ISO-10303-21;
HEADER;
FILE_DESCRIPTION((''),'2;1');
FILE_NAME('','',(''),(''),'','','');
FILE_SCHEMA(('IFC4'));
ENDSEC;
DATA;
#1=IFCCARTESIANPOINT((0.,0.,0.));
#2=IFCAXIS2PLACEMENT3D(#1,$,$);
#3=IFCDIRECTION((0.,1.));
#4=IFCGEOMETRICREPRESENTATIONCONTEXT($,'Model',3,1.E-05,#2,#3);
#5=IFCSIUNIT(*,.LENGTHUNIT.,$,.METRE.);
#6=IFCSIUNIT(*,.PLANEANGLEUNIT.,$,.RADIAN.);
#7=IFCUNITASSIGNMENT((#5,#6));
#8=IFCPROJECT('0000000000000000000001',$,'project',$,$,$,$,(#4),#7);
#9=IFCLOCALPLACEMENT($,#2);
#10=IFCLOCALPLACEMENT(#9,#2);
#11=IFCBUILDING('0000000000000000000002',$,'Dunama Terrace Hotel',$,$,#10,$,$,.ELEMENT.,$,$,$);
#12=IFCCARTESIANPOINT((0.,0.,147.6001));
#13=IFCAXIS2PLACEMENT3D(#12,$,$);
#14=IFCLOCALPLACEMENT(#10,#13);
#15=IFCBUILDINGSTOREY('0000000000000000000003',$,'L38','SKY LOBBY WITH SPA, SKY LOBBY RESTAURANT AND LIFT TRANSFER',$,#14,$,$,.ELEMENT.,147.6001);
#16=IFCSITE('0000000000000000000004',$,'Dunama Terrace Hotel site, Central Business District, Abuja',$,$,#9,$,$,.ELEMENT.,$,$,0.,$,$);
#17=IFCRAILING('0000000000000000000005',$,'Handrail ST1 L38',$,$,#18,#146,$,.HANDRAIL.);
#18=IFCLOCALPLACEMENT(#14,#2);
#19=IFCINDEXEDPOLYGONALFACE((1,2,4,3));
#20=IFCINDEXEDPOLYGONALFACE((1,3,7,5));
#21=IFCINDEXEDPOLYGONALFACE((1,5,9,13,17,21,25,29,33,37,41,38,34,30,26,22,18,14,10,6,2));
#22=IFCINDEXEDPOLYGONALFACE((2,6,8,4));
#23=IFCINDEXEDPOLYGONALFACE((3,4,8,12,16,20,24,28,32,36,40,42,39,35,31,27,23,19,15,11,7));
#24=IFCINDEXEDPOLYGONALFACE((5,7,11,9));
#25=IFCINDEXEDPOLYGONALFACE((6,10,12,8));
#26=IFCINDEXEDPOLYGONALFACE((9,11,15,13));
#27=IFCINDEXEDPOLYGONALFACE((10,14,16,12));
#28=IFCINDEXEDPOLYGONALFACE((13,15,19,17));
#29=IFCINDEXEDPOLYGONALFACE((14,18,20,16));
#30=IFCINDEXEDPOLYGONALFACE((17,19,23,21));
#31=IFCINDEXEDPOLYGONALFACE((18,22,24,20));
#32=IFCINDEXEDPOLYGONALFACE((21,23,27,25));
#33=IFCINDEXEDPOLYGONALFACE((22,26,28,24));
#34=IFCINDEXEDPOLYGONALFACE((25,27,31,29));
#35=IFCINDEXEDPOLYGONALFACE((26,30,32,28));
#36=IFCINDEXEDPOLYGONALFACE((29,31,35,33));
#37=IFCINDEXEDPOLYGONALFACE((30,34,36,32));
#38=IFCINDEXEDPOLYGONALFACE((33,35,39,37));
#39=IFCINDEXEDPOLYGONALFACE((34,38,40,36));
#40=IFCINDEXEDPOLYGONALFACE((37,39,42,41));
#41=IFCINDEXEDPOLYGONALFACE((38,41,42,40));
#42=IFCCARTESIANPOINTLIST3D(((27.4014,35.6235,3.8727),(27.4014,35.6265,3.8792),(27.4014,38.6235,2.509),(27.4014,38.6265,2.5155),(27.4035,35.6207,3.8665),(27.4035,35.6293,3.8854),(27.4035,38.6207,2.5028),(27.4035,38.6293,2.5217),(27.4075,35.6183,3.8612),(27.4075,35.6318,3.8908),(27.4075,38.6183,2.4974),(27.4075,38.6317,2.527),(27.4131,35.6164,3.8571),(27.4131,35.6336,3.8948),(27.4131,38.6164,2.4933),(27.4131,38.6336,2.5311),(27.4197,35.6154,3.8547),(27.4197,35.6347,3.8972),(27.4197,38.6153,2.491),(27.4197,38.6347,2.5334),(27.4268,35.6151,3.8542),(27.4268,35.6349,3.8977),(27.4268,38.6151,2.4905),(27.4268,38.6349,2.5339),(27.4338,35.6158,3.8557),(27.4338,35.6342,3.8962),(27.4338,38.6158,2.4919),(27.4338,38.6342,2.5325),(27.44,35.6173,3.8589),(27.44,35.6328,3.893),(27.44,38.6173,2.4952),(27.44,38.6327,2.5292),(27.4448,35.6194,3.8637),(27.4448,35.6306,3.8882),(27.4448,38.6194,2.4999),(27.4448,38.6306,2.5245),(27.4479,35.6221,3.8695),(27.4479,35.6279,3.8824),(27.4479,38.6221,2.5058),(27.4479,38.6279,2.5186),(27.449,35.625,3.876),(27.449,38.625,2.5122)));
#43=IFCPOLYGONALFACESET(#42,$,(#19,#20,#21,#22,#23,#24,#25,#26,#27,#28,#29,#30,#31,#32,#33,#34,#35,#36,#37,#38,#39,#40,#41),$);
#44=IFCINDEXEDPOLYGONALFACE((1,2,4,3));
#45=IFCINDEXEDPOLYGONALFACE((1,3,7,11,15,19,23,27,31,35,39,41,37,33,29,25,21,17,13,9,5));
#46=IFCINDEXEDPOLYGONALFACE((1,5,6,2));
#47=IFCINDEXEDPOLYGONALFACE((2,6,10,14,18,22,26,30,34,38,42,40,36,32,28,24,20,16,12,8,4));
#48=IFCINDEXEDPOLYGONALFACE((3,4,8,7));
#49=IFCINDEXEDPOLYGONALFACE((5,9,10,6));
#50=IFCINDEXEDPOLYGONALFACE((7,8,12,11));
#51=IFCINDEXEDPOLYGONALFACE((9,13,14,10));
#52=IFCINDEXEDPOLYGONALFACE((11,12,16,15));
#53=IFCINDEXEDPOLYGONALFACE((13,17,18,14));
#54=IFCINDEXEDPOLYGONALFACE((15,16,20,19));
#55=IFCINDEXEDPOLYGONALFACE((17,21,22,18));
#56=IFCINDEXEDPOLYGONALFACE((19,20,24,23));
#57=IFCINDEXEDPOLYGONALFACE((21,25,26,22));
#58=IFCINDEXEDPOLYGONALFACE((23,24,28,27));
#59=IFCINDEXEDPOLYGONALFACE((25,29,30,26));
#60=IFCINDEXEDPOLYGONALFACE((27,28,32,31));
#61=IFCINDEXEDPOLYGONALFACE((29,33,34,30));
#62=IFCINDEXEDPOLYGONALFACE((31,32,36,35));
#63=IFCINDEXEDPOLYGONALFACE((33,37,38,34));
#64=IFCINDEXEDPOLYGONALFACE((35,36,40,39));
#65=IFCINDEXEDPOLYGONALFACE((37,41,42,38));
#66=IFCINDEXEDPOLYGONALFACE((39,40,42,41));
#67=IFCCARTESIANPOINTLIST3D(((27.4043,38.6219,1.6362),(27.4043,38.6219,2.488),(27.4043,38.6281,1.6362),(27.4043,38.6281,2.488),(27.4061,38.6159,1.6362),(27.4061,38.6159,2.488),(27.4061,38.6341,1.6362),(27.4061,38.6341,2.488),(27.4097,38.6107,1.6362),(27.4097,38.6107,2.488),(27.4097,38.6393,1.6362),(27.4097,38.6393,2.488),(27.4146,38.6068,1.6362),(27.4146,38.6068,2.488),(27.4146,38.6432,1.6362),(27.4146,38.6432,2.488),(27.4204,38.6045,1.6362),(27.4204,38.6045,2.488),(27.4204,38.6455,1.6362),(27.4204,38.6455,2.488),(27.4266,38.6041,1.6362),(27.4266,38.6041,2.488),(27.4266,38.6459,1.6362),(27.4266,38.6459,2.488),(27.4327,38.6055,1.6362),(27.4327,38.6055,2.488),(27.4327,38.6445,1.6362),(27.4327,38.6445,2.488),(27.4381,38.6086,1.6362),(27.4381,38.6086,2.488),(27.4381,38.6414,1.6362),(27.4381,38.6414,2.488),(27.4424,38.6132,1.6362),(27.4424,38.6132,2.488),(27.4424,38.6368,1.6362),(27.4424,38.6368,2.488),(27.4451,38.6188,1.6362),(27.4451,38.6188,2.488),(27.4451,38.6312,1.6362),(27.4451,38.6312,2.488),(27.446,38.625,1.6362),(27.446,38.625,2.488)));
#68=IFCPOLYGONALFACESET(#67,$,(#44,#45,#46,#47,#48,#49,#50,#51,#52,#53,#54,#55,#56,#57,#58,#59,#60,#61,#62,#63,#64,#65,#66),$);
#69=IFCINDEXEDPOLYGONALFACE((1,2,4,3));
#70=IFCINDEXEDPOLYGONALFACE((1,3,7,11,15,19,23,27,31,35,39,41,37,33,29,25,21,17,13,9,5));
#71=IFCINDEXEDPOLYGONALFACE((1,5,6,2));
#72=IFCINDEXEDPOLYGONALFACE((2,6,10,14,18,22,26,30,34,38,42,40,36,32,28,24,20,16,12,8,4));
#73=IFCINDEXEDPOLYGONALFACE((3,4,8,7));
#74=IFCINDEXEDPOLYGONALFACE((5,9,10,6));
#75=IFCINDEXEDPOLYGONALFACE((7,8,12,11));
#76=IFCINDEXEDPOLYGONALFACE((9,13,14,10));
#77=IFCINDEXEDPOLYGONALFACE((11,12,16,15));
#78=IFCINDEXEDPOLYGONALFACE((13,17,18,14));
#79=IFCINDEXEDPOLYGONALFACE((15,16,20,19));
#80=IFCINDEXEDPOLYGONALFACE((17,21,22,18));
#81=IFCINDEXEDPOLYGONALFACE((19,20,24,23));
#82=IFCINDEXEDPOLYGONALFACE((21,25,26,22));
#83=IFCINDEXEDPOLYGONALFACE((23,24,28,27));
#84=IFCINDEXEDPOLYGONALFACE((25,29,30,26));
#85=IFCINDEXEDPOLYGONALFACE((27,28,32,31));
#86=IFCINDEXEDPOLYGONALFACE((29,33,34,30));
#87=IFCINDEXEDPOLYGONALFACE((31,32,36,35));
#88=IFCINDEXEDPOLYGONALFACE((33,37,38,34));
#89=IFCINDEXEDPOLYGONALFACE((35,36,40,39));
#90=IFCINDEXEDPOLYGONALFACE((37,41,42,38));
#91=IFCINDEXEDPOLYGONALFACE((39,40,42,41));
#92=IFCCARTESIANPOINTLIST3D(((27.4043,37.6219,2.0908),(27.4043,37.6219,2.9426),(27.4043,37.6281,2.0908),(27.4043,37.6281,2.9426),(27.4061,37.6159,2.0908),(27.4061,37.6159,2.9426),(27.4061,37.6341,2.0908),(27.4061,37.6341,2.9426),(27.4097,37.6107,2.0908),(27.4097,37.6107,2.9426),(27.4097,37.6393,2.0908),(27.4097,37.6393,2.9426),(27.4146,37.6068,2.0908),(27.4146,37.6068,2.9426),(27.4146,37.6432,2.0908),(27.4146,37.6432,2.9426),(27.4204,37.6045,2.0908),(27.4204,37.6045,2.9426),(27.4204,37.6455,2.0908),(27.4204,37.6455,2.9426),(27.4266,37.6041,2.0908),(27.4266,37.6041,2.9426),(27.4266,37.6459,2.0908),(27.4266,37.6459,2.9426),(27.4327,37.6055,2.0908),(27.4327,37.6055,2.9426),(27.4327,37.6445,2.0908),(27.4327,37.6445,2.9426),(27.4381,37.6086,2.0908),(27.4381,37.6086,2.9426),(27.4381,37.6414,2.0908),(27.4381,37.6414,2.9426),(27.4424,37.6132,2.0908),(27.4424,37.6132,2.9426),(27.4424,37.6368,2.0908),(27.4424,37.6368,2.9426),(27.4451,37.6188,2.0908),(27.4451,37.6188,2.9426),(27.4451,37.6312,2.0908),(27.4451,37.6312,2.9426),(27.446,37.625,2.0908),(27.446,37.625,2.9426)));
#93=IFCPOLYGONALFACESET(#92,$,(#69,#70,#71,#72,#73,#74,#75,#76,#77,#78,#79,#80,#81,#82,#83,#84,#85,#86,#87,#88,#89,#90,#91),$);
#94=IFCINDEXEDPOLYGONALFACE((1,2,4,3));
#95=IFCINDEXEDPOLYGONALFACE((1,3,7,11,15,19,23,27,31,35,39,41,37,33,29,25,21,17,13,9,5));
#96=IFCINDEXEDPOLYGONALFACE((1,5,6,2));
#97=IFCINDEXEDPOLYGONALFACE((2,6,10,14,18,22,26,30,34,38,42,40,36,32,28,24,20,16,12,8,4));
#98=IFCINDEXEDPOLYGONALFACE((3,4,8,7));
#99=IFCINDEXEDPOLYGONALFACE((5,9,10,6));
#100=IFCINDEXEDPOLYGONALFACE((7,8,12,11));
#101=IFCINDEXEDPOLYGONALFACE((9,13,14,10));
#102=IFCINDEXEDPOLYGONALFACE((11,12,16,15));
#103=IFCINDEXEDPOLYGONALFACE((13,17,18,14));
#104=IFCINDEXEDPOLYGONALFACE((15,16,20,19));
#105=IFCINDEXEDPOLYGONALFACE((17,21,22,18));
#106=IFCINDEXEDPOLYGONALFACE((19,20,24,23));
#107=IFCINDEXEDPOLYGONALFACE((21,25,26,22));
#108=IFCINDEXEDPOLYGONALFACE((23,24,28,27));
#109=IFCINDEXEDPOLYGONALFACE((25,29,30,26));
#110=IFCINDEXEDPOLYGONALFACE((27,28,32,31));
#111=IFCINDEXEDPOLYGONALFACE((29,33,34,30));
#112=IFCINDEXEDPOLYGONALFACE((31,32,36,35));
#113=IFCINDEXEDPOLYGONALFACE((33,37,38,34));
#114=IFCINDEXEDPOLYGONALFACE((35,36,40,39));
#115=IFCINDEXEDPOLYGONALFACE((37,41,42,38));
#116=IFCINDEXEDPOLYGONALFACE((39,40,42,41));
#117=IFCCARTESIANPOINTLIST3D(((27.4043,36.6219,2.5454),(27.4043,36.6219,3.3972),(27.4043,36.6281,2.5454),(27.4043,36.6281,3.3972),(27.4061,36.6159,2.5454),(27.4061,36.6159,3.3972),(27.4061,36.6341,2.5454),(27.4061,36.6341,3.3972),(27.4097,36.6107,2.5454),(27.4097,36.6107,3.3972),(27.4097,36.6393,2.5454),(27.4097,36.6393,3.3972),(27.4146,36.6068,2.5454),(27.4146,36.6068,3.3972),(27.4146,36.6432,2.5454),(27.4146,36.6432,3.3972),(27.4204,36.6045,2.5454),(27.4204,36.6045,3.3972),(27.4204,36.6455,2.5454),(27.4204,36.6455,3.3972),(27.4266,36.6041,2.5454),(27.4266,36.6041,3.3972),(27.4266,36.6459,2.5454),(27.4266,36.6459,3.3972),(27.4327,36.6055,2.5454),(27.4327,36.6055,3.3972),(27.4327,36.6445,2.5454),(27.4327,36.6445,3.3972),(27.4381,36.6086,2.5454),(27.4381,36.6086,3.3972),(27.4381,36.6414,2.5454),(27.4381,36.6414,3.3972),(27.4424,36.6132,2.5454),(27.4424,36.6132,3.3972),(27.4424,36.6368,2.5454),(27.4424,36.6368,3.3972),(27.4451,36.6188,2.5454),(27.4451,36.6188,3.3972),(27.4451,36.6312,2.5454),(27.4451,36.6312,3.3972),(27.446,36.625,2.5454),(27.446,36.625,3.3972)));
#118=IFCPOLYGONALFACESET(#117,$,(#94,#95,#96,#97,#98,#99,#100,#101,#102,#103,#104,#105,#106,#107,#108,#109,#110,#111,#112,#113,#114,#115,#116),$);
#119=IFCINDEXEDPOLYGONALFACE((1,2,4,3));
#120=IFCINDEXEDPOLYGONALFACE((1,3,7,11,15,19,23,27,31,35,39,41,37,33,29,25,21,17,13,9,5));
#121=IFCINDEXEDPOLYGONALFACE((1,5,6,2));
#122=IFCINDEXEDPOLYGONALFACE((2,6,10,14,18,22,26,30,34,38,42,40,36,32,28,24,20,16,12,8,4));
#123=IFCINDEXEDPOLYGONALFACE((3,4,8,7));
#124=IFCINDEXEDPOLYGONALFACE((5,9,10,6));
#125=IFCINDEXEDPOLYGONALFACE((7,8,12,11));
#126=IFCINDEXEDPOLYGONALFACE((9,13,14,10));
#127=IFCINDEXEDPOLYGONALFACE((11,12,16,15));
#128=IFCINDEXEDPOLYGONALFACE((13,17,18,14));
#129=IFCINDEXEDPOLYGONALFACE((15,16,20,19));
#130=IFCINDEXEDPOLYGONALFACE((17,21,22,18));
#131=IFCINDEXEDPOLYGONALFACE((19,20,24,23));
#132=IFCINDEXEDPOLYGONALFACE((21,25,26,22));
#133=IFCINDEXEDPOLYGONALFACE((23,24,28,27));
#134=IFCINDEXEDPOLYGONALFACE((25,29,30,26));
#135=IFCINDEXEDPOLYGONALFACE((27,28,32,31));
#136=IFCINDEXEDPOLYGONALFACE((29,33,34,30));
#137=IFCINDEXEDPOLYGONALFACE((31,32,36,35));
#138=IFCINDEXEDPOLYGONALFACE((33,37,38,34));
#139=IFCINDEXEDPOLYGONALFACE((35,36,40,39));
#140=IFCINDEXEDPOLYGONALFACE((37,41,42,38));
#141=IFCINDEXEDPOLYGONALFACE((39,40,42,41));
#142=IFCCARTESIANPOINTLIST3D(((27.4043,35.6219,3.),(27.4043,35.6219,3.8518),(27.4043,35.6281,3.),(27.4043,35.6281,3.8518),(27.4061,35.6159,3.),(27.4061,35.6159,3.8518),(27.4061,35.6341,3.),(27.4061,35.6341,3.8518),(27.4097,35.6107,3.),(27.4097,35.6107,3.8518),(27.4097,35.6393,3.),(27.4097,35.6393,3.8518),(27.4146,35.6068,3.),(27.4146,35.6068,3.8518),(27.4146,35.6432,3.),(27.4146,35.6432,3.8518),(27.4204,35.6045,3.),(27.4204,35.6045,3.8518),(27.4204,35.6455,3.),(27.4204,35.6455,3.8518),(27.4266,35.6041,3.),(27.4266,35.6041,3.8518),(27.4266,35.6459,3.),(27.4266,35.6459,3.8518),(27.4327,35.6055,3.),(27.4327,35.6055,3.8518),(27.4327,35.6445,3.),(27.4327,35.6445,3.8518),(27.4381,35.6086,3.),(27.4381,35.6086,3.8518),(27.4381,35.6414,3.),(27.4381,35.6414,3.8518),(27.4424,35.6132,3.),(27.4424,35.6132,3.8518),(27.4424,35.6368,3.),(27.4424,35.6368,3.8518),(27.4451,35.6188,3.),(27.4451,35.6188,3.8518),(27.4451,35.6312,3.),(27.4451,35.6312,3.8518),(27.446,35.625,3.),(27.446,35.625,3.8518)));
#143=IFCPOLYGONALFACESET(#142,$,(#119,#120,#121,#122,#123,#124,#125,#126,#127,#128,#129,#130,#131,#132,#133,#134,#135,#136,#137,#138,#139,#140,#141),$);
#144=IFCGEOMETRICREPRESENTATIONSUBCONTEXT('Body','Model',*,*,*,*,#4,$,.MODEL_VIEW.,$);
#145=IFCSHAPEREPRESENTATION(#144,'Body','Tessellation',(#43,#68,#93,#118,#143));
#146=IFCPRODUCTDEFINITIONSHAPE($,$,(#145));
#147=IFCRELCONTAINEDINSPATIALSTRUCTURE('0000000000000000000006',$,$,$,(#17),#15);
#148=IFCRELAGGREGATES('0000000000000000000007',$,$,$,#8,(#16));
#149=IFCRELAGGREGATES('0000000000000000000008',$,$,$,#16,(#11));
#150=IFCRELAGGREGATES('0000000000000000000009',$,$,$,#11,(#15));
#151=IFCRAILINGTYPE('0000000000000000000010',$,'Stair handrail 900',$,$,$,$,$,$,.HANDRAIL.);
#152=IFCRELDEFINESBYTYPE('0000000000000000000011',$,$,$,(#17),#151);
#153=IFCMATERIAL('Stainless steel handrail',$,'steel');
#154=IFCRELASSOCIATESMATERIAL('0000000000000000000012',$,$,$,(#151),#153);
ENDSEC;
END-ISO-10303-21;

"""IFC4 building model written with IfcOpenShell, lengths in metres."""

from ifc_helpers import new_model, si_unit, direction, frame, origin, origin_2d, place, context, subcontext, project, spatial, circle, extrude, material, type_object, element, save


model = new_model("IFC4")

# Units and contexts
model_context = context("Model", 3, precision=1e-05, world=origin(), true_north=direction((0.0, 1.0)))
body_context = subcontext(model_context, "Body", "Model", "MODEL_VIEW")
ifc_project = project(units=[si_unit("LENGTHUNIT", "METRE"), si_unit("PLANEANGLEUNIT", "RADIAN")], contexts=[model_context])

# Site, building, storey
site_placement = place(None, origin())
site = spatial("IfcSite", under=ifc_project, at=site_placement, Name="Dunama Terrace Hotel site, Central Business District, Abuja", CompositionType="ELEMENT", RefElevation=0.0)
building_placement = place(site_placement, origin())
building = spatial("IfcBuilding", under=site, at=building_placement, Name="Dunama Terrace Hotel", CompositionType="ELEMENT")
storey_placement = place(building_placement, frame((0.0, 0.0, 147.6001)))
storey = spatial("IfcBuildingStorey", under=building, at=storey_placement, Name="L38", Description="SKY LOBBY WITH SPA, SKY LOBBY RESTAURANT AND LIFT TRANSFER", CompositionType="ELEMENT", Elevation=147.6001)

# Railing
ifc_material_1 = material(Name="Stainless steel handrail", Category="steel")
railing_type = type_object("IfcRailingType", Name="Stair handrail 900", PredefinedType="HANDRAIL", material=ifc_material_1)
railing_1_placement = place(storey_placement, frame((27.425, 38.625, 1.6362)))
element("IfcRailing", 1, at=railing_1_placement, inside=storey, type_object=railing_type, Name="Handrail ST1 L38", PredefinedType="HANDRAIL", context=body_context, shape_type="SweptSolid", body=[
    extrude(circle(Radius=0.0239, at=origin_2d()), frame((0.0, 0.0, 0.876), z_axis=(0.0, -0.910351, 0.413836), x_axis=(1.0, 0.0, 0.0)), (0.0, 0.0, 1.0), 3.2954),
    extrude(circle(Radius=0.021, at=origin_2d()), origin(), (0.0, 0.0, 1.0), 0.8518),
    extrude(circle(Radius=0.021, at=origin_2d()), frame((0.0, -1.0, 0.4546)), (0.0, 0.0, 1.0), 0.8518),
    extrude(circle(Radius=0.021, at=origin_2d()), frame((0.0, -2.0, 0.9092)), (0.0, 0.0, 1.0), 0.8518),
    extrude(circle(Radius=0.021, at=origin_2d()), frame((0.0, -3.0, 1.3638)), (0.0, 0.0, 1.0), 0.8518),
])

save(model, "model.ifc")
